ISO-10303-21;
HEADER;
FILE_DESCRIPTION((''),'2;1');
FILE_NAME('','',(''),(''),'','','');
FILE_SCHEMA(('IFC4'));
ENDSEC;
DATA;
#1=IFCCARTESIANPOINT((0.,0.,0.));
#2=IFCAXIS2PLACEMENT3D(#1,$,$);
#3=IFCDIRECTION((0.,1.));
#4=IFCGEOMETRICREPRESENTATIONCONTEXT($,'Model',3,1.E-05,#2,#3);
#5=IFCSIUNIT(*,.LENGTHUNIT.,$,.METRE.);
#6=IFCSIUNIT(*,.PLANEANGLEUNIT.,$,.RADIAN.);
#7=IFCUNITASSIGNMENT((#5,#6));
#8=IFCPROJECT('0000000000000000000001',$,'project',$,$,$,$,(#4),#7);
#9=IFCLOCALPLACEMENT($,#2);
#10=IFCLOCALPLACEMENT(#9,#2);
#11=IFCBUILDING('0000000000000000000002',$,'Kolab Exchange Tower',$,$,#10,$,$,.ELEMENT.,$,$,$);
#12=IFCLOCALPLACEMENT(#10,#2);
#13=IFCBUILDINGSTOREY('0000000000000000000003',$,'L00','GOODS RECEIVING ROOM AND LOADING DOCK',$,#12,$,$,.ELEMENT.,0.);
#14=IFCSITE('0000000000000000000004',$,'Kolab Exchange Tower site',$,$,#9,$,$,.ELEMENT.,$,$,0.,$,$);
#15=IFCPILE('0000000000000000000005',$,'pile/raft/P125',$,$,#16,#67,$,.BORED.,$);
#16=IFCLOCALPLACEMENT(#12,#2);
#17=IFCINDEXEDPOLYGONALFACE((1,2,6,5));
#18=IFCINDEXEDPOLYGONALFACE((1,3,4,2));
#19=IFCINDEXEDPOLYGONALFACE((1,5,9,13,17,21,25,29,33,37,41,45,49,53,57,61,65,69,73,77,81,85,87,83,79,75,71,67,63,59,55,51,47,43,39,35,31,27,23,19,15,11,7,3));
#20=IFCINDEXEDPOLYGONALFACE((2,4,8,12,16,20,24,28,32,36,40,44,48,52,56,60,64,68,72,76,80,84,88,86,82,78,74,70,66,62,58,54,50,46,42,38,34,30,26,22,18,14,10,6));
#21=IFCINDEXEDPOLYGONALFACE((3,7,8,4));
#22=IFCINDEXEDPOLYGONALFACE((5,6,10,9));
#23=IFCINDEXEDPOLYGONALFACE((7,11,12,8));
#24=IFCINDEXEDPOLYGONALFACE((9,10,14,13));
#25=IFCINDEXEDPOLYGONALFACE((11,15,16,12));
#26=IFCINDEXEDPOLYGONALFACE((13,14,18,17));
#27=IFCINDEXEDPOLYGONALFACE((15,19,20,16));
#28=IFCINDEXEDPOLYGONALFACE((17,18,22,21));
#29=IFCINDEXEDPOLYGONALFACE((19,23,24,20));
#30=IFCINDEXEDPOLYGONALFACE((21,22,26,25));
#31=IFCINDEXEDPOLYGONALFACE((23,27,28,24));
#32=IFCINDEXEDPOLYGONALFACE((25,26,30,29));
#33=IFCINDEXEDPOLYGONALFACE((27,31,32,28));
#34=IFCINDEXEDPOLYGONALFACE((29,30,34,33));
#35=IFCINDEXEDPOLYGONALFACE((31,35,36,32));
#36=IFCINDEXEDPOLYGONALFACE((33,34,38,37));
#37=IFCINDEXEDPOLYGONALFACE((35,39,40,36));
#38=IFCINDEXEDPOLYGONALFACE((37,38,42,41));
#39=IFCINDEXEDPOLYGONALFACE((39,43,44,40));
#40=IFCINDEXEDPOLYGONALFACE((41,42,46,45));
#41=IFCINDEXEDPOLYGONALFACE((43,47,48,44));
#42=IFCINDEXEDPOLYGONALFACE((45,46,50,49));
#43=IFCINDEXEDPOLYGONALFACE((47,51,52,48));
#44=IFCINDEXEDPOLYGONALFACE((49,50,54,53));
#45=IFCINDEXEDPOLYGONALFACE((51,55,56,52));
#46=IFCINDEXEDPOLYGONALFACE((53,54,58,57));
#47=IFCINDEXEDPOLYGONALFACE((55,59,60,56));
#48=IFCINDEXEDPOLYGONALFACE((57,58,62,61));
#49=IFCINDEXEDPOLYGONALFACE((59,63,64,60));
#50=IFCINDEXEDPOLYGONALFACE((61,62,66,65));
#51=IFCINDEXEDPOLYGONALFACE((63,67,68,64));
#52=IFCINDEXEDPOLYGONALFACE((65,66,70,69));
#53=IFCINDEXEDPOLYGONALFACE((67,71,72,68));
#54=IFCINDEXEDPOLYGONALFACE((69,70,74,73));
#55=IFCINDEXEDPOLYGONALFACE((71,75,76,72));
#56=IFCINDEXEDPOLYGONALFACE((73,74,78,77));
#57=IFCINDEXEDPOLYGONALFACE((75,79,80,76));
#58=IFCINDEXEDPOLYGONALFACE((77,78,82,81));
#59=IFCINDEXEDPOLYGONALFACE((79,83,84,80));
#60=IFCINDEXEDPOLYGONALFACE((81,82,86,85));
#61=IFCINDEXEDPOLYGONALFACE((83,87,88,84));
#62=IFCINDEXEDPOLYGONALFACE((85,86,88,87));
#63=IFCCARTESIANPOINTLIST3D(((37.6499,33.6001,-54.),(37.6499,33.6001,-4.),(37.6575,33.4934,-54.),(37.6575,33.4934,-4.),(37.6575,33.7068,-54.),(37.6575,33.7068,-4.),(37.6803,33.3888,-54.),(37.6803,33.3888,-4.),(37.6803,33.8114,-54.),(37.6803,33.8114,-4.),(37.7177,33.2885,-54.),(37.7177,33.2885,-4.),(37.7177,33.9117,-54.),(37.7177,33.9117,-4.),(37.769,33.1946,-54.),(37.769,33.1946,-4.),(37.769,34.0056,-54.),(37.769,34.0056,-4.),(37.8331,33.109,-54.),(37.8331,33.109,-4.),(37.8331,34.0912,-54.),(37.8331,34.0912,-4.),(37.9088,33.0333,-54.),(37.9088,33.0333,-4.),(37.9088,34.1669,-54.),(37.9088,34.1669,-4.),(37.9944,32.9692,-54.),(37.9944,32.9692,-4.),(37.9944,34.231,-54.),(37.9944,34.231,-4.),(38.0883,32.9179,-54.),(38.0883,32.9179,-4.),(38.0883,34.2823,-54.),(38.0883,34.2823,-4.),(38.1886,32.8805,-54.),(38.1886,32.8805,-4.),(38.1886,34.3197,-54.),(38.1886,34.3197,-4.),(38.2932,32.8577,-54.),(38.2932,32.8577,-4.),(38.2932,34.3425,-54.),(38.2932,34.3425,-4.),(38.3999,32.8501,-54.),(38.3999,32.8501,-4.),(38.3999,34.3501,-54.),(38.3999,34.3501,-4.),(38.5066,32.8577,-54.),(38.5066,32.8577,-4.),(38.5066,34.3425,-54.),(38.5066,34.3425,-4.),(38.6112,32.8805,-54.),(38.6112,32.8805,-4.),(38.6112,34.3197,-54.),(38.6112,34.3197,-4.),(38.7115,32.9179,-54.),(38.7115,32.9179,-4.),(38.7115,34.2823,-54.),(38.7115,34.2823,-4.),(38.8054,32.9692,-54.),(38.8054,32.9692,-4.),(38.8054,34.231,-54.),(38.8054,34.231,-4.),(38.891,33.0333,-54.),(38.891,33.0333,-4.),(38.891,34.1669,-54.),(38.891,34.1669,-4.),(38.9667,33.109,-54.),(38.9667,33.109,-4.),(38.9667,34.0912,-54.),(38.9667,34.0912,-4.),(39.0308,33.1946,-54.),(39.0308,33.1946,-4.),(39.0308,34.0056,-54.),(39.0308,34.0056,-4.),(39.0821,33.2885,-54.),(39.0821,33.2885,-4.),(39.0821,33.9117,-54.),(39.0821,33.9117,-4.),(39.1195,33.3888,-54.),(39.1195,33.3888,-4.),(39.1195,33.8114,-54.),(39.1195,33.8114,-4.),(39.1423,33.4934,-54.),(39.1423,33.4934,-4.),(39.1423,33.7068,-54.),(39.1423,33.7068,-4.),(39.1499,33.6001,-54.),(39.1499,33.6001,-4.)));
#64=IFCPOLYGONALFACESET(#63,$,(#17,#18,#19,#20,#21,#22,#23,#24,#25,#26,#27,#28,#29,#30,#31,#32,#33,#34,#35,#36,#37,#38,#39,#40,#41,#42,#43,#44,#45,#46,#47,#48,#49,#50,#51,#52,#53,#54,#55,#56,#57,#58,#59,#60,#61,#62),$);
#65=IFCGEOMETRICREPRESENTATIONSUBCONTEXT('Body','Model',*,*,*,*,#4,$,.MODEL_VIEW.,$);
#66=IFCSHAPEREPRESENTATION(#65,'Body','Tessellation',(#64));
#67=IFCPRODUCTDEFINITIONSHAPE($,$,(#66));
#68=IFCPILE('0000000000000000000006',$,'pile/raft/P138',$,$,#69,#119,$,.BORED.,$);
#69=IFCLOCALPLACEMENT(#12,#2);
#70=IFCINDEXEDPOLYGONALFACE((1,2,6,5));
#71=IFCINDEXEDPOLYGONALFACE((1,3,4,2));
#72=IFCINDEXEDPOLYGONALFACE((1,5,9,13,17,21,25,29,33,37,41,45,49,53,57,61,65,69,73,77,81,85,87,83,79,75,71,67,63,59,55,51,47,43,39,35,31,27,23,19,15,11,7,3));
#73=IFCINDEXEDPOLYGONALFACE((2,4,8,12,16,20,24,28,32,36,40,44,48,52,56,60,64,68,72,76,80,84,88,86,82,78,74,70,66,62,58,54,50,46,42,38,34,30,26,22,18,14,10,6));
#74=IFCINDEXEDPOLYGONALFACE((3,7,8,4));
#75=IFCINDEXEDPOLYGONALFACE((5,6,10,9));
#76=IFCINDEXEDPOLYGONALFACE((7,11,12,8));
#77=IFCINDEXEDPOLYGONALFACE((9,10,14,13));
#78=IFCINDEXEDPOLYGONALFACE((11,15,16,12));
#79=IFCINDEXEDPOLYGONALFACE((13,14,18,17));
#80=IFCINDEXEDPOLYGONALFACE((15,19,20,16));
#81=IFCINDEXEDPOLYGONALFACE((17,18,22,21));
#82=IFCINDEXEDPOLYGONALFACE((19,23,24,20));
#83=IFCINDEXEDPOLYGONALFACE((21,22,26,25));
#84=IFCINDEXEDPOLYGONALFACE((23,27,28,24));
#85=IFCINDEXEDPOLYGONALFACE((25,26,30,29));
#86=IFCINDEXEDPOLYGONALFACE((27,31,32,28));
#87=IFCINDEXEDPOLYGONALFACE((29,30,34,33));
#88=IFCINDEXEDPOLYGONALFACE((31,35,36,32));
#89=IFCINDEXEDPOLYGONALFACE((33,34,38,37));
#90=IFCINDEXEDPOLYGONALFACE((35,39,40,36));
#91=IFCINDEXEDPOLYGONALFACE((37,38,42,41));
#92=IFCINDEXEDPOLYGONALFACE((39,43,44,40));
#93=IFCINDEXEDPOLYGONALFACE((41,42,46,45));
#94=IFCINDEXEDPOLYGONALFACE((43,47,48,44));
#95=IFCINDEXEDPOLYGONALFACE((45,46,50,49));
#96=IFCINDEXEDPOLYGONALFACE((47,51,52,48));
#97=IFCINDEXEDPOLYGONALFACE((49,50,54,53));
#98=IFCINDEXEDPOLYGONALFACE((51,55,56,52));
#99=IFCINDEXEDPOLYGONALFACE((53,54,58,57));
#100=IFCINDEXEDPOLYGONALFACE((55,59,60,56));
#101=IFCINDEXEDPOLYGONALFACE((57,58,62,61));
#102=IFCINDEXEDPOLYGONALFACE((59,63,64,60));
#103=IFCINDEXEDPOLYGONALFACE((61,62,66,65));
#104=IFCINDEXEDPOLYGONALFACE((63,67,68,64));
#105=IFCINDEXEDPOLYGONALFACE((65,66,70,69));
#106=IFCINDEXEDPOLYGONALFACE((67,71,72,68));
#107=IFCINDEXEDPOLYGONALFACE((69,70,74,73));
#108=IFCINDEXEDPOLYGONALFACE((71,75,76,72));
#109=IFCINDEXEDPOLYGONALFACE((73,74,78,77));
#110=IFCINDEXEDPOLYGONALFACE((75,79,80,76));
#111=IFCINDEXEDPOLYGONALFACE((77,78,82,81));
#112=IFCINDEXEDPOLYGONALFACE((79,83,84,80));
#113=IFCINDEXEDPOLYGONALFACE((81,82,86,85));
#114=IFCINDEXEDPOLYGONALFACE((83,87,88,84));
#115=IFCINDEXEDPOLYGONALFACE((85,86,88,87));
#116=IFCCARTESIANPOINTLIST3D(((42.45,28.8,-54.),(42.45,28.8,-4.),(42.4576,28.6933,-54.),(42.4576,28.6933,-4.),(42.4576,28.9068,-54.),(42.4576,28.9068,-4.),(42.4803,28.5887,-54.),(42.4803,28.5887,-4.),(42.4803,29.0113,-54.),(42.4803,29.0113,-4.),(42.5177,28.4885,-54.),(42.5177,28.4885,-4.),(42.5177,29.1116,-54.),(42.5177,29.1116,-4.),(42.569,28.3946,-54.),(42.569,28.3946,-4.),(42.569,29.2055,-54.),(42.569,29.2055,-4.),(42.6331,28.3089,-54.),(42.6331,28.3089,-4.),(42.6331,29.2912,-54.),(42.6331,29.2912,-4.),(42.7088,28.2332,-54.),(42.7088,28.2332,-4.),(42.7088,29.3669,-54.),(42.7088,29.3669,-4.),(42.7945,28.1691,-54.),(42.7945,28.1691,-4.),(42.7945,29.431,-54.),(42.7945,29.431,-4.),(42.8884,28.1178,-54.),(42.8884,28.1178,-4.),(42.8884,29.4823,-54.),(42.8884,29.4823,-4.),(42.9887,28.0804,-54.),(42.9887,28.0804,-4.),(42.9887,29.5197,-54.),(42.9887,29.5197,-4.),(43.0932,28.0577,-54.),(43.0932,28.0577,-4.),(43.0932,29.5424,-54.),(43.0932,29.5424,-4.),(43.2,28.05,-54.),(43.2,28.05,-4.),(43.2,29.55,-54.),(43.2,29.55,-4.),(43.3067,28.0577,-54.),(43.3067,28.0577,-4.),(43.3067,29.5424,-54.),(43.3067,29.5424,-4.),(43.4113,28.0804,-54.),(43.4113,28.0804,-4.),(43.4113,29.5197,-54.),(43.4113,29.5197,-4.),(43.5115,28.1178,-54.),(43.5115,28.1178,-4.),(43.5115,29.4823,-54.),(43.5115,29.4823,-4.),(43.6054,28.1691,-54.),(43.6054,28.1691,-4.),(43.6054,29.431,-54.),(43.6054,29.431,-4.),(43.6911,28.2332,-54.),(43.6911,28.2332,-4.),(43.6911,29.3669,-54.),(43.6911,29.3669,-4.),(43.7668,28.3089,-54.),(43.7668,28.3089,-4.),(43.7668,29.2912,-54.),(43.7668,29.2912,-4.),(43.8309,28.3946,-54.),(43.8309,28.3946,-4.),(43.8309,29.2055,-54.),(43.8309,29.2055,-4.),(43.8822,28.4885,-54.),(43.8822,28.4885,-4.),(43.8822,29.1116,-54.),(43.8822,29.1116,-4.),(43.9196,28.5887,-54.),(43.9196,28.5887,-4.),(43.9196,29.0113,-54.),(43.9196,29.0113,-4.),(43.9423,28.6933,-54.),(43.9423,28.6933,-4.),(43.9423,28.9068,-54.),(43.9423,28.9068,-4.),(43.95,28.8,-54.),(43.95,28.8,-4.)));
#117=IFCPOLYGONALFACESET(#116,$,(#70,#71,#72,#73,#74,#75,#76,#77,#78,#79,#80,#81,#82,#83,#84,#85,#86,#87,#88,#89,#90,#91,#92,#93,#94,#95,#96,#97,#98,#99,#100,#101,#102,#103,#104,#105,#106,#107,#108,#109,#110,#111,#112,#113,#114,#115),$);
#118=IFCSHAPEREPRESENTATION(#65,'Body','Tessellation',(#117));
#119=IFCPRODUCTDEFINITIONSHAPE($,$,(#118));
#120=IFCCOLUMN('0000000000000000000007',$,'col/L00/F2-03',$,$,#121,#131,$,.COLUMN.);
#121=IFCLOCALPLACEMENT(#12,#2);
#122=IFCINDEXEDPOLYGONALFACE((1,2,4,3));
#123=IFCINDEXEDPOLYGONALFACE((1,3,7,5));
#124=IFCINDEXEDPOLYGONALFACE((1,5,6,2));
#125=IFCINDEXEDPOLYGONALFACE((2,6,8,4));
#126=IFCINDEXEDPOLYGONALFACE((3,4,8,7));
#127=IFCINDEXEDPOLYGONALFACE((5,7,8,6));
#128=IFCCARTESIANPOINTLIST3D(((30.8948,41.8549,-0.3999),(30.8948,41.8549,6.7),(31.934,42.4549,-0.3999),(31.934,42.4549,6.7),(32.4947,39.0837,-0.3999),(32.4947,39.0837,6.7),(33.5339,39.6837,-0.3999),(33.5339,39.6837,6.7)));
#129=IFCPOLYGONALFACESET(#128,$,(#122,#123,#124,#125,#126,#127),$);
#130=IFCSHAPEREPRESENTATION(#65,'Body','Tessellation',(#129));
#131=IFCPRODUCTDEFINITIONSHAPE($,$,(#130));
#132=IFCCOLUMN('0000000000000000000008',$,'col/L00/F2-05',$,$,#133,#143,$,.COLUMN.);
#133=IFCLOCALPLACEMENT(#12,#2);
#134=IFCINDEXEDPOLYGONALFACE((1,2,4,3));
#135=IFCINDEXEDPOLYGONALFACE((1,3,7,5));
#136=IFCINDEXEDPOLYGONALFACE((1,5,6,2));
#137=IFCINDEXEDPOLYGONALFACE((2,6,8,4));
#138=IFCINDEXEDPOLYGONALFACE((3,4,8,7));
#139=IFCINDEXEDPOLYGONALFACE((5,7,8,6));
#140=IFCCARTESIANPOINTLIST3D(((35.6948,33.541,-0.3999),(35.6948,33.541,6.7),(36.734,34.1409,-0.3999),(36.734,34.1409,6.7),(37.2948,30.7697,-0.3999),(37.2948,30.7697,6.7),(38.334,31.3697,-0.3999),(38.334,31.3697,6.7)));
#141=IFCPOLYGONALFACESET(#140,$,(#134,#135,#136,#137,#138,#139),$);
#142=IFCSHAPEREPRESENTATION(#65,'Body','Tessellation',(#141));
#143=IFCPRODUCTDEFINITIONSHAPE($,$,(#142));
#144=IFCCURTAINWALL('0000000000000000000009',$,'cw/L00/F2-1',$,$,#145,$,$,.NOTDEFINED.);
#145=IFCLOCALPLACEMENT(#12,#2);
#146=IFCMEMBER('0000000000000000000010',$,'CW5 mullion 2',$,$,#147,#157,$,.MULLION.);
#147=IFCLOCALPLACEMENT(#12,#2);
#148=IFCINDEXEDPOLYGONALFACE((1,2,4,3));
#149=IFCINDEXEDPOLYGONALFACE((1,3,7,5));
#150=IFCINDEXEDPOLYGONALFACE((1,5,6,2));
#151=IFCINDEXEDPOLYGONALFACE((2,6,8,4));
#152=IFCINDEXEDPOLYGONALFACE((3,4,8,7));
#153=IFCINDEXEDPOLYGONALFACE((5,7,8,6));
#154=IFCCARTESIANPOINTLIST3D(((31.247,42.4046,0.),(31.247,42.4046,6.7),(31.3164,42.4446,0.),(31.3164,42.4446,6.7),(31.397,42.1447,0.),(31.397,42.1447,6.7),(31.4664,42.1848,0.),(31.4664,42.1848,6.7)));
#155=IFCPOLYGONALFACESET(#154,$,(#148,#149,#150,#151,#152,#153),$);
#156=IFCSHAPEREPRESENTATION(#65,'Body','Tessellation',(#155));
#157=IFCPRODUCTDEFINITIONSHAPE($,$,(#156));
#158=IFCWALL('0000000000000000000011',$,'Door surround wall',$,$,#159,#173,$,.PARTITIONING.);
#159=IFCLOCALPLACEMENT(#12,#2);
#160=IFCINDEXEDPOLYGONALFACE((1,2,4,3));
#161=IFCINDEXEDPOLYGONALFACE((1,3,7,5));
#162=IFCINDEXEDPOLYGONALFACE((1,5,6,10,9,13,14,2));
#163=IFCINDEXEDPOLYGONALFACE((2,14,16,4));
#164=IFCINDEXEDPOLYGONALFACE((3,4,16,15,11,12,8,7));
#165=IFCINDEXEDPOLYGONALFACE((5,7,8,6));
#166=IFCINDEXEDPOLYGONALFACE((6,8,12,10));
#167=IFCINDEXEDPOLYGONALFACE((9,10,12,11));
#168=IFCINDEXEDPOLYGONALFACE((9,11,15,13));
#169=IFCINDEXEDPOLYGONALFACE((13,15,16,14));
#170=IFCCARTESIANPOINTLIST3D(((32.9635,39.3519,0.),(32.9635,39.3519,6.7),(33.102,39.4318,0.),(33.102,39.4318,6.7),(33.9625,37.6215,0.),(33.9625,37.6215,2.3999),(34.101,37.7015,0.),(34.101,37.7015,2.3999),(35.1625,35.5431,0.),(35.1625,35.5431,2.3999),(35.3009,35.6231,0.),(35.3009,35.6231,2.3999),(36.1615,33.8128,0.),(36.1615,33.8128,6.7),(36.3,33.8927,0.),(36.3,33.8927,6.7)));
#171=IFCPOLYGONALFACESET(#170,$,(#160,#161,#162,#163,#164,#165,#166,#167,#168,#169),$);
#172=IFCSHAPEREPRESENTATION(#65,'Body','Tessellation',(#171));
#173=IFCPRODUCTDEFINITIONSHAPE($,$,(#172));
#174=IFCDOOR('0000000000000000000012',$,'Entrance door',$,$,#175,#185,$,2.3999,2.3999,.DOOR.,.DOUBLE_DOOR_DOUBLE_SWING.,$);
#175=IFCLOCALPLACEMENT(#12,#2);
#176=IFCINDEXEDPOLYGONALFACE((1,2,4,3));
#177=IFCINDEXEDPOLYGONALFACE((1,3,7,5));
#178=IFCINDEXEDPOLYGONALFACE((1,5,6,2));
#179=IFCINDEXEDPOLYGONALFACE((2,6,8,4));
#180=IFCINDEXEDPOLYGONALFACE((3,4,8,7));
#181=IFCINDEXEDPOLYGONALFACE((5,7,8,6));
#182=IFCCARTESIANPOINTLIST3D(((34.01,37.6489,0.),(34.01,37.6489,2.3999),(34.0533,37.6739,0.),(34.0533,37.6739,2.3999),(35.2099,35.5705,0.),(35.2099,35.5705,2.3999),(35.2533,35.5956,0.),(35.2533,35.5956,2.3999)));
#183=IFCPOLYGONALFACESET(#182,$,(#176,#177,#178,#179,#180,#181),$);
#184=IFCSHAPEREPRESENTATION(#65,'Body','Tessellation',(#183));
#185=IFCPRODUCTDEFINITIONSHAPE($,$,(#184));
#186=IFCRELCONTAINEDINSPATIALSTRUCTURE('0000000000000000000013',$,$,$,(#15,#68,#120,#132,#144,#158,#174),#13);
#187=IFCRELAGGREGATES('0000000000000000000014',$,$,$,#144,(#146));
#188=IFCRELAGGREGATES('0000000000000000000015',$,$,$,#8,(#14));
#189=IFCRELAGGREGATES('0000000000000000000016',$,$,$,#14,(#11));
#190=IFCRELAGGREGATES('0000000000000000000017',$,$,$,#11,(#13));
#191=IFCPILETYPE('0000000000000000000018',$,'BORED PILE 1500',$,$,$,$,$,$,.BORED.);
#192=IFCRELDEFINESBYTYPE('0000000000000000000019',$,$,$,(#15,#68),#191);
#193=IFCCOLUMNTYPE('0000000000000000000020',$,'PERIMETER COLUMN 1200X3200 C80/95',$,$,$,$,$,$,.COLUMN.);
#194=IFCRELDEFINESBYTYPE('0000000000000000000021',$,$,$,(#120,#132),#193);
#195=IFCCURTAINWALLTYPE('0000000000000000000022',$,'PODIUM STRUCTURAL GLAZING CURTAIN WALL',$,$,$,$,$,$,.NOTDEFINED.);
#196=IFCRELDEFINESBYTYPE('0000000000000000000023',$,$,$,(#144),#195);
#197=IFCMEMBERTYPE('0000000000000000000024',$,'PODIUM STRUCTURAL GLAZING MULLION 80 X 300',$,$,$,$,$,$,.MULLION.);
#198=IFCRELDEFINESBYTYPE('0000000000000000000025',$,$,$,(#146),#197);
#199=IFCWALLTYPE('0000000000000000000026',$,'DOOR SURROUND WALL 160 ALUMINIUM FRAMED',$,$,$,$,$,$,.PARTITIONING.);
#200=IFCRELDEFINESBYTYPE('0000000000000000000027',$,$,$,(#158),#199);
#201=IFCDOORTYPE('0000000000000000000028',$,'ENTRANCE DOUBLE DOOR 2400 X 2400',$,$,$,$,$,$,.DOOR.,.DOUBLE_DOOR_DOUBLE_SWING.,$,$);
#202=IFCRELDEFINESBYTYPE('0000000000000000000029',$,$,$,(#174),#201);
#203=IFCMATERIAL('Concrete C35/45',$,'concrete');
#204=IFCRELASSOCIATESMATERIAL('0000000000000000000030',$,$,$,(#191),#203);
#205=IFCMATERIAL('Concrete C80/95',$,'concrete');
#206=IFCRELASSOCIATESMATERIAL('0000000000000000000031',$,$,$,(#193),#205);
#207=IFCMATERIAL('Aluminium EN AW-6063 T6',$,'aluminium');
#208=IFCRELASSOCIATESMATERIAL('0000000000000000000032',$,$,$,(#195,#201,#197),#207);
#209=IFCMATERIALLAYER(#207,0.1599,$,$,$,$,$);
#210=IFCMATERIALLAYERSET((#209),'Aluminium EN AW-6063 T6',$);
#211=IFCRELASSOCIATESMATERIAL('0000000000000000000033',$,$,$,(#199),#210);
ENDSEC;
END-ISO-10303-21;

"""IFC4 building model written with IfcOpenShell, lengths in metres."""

from ifc_helpers import new_model, si_unit, direction, frame, frame_2d, origin, origin_2d, place, context, subcontext, project, spatial, rectangle, circle, extrude, material, layer, layer_set, material_profile, profile_set, type_object, element, fill, aggregate, save


model = new_model("IFC4")

# Units and contexts
model_context = context("Model", 3, precision=1e-05, world=origin(), true_north=direction((0.0, 1.0)))
body_context = subcontext(model_context, "Body", "Model", "MODEL_VIEW")
ifc_project = project(units=[si_unit("LENGTHUNIT", "METRE"), si_unit("PLANEANGLEUNIT", "RADIAN")], contexts=[model_context])

# Site, building, storey
site_placement = place(None, origin())
site = spatial("IfcSite", under=ifc_project, at=site_placement, Name="Kolab Exchange Tower site", CompositionType="ELEMENT", RefElevation=0.0)
building_placement = place(site_placement, origin())
building = spatial("IfcBuilding", under=site, at=building_placement, Name="Kolab Exchange Tower", CompositionType="ELEMENT")
storey_placement = place(building_placement, origin())
storey = spatial("IfcBuildingStorey", under=building, at=storey_placement, Name="L00", Description="GOODS RECEIVING ROOM AND LOADING DOCK", CompositionType="ELEMENT", Elevation=0.0)

# Piles
ifc_material_1 = material(Name="Concrete C35/45", Category="concrete")
ifc_material_profile_1 = material_profile(ifc_material_1, circle(Radius=0.75, at=origin_2d()), Name="BP1500")
ifc_profile_set_1 = profile_set([ifc_material_profile_1], Name="Concrete C35/45")
pile_type = type_object("IfcPileType", Name="BORED PILE 1500", PredefinedType="BORED", material=ifc_profile_set_1)
for number, where, z_axis, x_axis, name in (
    (1, (38.3999, 33.6001, -4.0), (0.0, 0.0, -1.0), (1.0, 0.0, 0.0), "pile/raft/P125"),
    (2, (43.2, 28.8, -4.0), (0.0, 0.0, -1.0), (1.0, 0.0, 0.0), "pile/raft/P138"),
):
    element("IfcPile", number, at=place(storey_placement, frame(where, z_axis=z_axis, x_axis=x_axis)), inside=storey, type_object=pile_type, Name=name, PredefinedType="BORED", context=body_context, shape_type="SweptSolid", body=[
        extrude(circle(Radius=0.75, at=origin_2d()), origin(), (0.0, 0.0, 1.0), 50.0),
    ])

# Columns
ifc_material_2 = material(Name="Concrete C80/95", Category="concrete")
ifc_material_profile_2 = material_profile(ifc_material_2, rectangle(XDim=1.2, YDim=3.2, at=origin_2d()), Name="RC1200X3200")
ifc_profile_set_2 = profile_set([ifc_material_profile_2], Name="Concrete C80/95")
column_type = type_object("IfcColumnType", Name="PERIMETER COLUMN 1200X3200 C80/95", PredefinedType="COLUMN", material=ifc_profile_set_2)
for number, where, z_axis, x_axis, name in (
    (3, (32.2144, 40.7693, -0.3999), (0.0, 0.0, 1.0), (0.866025, 0.5, 0.0), "col/L00/F2-03"),
    (4, (37.0144, 32.4553, -0.3999), (0.0, 0.0, 1.0), (0.866025, 0.5, 0.0), "col/L00/F2-05"),
):
    element("IfcColumn", number, at=place(storey_placement, frame(where, z_axis=z_axis, x_axis=x_axis)), inside=storey, type_object=column_type, Name=name, PredefinedType="COLUMN", context=body_context, shape_type="SweptSolid", body=[
        extrude(rectangle(XDim=1.2, YDim=3.2, at=origin_2d()), origin(), (0.0, 0.0, 1.0), 7.0999),
    ])

# Curtain wall, member
ifc_material_3 = material(Name="Aluminium EN AW-6063 T6", Category="aluminium")
curtain_wall_type = type_object("IfcCurtainWallType", Name="PODIUM STRUCTURAL GLAZING CURTAIN WALL", PredefinedType="NOTDEFINED", material=ifc_material_3)
curtain_wall_placement = place(storey_placement, origin())
curtain_wall = element("IfcCurtainWall", 5, at=curtain_wall_placement, inside=storey, type_object=curtain_wall_type, Name="cw/L00/F2-1", PredefinedType="NOTDEFINED")
ifc_material_profile_3 = material_profile(ifc_material_3, rectangle(XDim=0.0801, YDim=0.3, at=origin_2d()), Name="RECT 80X300")
ifc_profile_set_3 = profile_set([ifc_material_profile_3], Name="Aluminium EN AW-6063 T6")
member_type = type_object("IfcMemberType", Name="PODIUM STRUCTURAL GLAZING MULLION 80 X 300", PredefinedType="MULLION", material=ifc_profile_set_3)
member_placement = place(storey_placement, frame((31.3567, 42.2947, 0.0), z_axis=(0.0, 0.0, 1.0), x_axis=(0.866025, 0.5, 0.0)))
member = element("IfcMember", 6, at=member_placement, type_object=member_type, Name="CW5 mullion 2", PredefinedType="MULLION", context=body_context, shape_type="SweptSolid", body=[
    extrude(rectangle(XDim=0.0801, YDim=0.3, at=origin_2d()), origin(), (0.0, 0.0, 1.0), 6.7),
])
aggregate(curtain_wall, [member])

# Wall, opening, door
ifc_layer_1 = layer(ifc_material_3, 0.1599)
ifc_layer_set_1 = layer_set([ifc_layer_1], Name="Aluminium EN AW-6063 T6")
wall_type_1 = type_object("IfcWallType", Name="DOOR SURROUND WALL 160 ALUMINIUM FRAMED", PredefinedType="PARTITIONING", material=ifc_layer_set_1)
wall_1_placement = place(storey_placement, frame((33.0327, 39.3918, 0.0), z_axis=(0.0, 0.0, 1.0), x_axis=(0.500002, -0.866024, 0.0)))
wall_1 = element("IfcWall", 7, at=wall_1_placement, inside=storey, type_object=wall_type_1, Name="Door surround wall", PredefinedType="PARTITIONING", context=body_context, shape_type="SweptSolid", body=[
    extrude(rectangle(XDim=6.396, YDim=0.1599, at=frame_2d((3.198, 0.0))), origin(), (0.0, 0.0, 1.0), 6.7),
])
opening_1_placement = place(wall_1_placement, frame((1.998, 0.0, 0.0)))
opening_1 = element("IfcOpeningElement", 8, at=opening_1_placement, cuts=wall_1, PredefinedType="OPENING", context=body_context, shape_type="SweptSolid", body=[
    extrude(rectangle(XDim=2.3999, YDim=2.3999, at=frame_2d((1.2, 1.2))), frame((0.0, 0.0898, 0.0), z_axis=(0.0, -1.0, 0.0), x_axis=(1.0, 0.0, 0.0)), (0.0, 0.0, 1.0), 0.1799),
])
door_type = type_object("IfcDoorType", Name="ENTRANCE DOUBLE DOOR 2400 X 2400", OperationType="DOUBLE_DOOR_DOUBLE_SWING", PredefinedType="DOOR", material=ifc_material_3)
door_1_placement = place(opening_1_placement, origin())
door_1 = element("IfcDoor", 9, at=door_1_placement, inside=storey, type_object=door_type, Name="Entrance door", OperationType="DOUBLE_DOOR_DOUBLE_SWING", OverallHeight=2.3999, OverallWidth=2.3999, PredefinedType="DOOR", context=body_context, shape_type="SweptSolid", body=[
    extrude(rectangle(XDim=2.3999, YDim=2.3999, at=frame_2d((1.2, 1.2))), frame((0.0, 0.0249, 0.0), z_axis=(0.0, -1.0, 0.0), x_axis=(1.0, 0.0, 0.0)), (0.0, 0.0, 1.0), 0.05),
])
fill(opening_1, door_1)

save(model, "model.ifc")
